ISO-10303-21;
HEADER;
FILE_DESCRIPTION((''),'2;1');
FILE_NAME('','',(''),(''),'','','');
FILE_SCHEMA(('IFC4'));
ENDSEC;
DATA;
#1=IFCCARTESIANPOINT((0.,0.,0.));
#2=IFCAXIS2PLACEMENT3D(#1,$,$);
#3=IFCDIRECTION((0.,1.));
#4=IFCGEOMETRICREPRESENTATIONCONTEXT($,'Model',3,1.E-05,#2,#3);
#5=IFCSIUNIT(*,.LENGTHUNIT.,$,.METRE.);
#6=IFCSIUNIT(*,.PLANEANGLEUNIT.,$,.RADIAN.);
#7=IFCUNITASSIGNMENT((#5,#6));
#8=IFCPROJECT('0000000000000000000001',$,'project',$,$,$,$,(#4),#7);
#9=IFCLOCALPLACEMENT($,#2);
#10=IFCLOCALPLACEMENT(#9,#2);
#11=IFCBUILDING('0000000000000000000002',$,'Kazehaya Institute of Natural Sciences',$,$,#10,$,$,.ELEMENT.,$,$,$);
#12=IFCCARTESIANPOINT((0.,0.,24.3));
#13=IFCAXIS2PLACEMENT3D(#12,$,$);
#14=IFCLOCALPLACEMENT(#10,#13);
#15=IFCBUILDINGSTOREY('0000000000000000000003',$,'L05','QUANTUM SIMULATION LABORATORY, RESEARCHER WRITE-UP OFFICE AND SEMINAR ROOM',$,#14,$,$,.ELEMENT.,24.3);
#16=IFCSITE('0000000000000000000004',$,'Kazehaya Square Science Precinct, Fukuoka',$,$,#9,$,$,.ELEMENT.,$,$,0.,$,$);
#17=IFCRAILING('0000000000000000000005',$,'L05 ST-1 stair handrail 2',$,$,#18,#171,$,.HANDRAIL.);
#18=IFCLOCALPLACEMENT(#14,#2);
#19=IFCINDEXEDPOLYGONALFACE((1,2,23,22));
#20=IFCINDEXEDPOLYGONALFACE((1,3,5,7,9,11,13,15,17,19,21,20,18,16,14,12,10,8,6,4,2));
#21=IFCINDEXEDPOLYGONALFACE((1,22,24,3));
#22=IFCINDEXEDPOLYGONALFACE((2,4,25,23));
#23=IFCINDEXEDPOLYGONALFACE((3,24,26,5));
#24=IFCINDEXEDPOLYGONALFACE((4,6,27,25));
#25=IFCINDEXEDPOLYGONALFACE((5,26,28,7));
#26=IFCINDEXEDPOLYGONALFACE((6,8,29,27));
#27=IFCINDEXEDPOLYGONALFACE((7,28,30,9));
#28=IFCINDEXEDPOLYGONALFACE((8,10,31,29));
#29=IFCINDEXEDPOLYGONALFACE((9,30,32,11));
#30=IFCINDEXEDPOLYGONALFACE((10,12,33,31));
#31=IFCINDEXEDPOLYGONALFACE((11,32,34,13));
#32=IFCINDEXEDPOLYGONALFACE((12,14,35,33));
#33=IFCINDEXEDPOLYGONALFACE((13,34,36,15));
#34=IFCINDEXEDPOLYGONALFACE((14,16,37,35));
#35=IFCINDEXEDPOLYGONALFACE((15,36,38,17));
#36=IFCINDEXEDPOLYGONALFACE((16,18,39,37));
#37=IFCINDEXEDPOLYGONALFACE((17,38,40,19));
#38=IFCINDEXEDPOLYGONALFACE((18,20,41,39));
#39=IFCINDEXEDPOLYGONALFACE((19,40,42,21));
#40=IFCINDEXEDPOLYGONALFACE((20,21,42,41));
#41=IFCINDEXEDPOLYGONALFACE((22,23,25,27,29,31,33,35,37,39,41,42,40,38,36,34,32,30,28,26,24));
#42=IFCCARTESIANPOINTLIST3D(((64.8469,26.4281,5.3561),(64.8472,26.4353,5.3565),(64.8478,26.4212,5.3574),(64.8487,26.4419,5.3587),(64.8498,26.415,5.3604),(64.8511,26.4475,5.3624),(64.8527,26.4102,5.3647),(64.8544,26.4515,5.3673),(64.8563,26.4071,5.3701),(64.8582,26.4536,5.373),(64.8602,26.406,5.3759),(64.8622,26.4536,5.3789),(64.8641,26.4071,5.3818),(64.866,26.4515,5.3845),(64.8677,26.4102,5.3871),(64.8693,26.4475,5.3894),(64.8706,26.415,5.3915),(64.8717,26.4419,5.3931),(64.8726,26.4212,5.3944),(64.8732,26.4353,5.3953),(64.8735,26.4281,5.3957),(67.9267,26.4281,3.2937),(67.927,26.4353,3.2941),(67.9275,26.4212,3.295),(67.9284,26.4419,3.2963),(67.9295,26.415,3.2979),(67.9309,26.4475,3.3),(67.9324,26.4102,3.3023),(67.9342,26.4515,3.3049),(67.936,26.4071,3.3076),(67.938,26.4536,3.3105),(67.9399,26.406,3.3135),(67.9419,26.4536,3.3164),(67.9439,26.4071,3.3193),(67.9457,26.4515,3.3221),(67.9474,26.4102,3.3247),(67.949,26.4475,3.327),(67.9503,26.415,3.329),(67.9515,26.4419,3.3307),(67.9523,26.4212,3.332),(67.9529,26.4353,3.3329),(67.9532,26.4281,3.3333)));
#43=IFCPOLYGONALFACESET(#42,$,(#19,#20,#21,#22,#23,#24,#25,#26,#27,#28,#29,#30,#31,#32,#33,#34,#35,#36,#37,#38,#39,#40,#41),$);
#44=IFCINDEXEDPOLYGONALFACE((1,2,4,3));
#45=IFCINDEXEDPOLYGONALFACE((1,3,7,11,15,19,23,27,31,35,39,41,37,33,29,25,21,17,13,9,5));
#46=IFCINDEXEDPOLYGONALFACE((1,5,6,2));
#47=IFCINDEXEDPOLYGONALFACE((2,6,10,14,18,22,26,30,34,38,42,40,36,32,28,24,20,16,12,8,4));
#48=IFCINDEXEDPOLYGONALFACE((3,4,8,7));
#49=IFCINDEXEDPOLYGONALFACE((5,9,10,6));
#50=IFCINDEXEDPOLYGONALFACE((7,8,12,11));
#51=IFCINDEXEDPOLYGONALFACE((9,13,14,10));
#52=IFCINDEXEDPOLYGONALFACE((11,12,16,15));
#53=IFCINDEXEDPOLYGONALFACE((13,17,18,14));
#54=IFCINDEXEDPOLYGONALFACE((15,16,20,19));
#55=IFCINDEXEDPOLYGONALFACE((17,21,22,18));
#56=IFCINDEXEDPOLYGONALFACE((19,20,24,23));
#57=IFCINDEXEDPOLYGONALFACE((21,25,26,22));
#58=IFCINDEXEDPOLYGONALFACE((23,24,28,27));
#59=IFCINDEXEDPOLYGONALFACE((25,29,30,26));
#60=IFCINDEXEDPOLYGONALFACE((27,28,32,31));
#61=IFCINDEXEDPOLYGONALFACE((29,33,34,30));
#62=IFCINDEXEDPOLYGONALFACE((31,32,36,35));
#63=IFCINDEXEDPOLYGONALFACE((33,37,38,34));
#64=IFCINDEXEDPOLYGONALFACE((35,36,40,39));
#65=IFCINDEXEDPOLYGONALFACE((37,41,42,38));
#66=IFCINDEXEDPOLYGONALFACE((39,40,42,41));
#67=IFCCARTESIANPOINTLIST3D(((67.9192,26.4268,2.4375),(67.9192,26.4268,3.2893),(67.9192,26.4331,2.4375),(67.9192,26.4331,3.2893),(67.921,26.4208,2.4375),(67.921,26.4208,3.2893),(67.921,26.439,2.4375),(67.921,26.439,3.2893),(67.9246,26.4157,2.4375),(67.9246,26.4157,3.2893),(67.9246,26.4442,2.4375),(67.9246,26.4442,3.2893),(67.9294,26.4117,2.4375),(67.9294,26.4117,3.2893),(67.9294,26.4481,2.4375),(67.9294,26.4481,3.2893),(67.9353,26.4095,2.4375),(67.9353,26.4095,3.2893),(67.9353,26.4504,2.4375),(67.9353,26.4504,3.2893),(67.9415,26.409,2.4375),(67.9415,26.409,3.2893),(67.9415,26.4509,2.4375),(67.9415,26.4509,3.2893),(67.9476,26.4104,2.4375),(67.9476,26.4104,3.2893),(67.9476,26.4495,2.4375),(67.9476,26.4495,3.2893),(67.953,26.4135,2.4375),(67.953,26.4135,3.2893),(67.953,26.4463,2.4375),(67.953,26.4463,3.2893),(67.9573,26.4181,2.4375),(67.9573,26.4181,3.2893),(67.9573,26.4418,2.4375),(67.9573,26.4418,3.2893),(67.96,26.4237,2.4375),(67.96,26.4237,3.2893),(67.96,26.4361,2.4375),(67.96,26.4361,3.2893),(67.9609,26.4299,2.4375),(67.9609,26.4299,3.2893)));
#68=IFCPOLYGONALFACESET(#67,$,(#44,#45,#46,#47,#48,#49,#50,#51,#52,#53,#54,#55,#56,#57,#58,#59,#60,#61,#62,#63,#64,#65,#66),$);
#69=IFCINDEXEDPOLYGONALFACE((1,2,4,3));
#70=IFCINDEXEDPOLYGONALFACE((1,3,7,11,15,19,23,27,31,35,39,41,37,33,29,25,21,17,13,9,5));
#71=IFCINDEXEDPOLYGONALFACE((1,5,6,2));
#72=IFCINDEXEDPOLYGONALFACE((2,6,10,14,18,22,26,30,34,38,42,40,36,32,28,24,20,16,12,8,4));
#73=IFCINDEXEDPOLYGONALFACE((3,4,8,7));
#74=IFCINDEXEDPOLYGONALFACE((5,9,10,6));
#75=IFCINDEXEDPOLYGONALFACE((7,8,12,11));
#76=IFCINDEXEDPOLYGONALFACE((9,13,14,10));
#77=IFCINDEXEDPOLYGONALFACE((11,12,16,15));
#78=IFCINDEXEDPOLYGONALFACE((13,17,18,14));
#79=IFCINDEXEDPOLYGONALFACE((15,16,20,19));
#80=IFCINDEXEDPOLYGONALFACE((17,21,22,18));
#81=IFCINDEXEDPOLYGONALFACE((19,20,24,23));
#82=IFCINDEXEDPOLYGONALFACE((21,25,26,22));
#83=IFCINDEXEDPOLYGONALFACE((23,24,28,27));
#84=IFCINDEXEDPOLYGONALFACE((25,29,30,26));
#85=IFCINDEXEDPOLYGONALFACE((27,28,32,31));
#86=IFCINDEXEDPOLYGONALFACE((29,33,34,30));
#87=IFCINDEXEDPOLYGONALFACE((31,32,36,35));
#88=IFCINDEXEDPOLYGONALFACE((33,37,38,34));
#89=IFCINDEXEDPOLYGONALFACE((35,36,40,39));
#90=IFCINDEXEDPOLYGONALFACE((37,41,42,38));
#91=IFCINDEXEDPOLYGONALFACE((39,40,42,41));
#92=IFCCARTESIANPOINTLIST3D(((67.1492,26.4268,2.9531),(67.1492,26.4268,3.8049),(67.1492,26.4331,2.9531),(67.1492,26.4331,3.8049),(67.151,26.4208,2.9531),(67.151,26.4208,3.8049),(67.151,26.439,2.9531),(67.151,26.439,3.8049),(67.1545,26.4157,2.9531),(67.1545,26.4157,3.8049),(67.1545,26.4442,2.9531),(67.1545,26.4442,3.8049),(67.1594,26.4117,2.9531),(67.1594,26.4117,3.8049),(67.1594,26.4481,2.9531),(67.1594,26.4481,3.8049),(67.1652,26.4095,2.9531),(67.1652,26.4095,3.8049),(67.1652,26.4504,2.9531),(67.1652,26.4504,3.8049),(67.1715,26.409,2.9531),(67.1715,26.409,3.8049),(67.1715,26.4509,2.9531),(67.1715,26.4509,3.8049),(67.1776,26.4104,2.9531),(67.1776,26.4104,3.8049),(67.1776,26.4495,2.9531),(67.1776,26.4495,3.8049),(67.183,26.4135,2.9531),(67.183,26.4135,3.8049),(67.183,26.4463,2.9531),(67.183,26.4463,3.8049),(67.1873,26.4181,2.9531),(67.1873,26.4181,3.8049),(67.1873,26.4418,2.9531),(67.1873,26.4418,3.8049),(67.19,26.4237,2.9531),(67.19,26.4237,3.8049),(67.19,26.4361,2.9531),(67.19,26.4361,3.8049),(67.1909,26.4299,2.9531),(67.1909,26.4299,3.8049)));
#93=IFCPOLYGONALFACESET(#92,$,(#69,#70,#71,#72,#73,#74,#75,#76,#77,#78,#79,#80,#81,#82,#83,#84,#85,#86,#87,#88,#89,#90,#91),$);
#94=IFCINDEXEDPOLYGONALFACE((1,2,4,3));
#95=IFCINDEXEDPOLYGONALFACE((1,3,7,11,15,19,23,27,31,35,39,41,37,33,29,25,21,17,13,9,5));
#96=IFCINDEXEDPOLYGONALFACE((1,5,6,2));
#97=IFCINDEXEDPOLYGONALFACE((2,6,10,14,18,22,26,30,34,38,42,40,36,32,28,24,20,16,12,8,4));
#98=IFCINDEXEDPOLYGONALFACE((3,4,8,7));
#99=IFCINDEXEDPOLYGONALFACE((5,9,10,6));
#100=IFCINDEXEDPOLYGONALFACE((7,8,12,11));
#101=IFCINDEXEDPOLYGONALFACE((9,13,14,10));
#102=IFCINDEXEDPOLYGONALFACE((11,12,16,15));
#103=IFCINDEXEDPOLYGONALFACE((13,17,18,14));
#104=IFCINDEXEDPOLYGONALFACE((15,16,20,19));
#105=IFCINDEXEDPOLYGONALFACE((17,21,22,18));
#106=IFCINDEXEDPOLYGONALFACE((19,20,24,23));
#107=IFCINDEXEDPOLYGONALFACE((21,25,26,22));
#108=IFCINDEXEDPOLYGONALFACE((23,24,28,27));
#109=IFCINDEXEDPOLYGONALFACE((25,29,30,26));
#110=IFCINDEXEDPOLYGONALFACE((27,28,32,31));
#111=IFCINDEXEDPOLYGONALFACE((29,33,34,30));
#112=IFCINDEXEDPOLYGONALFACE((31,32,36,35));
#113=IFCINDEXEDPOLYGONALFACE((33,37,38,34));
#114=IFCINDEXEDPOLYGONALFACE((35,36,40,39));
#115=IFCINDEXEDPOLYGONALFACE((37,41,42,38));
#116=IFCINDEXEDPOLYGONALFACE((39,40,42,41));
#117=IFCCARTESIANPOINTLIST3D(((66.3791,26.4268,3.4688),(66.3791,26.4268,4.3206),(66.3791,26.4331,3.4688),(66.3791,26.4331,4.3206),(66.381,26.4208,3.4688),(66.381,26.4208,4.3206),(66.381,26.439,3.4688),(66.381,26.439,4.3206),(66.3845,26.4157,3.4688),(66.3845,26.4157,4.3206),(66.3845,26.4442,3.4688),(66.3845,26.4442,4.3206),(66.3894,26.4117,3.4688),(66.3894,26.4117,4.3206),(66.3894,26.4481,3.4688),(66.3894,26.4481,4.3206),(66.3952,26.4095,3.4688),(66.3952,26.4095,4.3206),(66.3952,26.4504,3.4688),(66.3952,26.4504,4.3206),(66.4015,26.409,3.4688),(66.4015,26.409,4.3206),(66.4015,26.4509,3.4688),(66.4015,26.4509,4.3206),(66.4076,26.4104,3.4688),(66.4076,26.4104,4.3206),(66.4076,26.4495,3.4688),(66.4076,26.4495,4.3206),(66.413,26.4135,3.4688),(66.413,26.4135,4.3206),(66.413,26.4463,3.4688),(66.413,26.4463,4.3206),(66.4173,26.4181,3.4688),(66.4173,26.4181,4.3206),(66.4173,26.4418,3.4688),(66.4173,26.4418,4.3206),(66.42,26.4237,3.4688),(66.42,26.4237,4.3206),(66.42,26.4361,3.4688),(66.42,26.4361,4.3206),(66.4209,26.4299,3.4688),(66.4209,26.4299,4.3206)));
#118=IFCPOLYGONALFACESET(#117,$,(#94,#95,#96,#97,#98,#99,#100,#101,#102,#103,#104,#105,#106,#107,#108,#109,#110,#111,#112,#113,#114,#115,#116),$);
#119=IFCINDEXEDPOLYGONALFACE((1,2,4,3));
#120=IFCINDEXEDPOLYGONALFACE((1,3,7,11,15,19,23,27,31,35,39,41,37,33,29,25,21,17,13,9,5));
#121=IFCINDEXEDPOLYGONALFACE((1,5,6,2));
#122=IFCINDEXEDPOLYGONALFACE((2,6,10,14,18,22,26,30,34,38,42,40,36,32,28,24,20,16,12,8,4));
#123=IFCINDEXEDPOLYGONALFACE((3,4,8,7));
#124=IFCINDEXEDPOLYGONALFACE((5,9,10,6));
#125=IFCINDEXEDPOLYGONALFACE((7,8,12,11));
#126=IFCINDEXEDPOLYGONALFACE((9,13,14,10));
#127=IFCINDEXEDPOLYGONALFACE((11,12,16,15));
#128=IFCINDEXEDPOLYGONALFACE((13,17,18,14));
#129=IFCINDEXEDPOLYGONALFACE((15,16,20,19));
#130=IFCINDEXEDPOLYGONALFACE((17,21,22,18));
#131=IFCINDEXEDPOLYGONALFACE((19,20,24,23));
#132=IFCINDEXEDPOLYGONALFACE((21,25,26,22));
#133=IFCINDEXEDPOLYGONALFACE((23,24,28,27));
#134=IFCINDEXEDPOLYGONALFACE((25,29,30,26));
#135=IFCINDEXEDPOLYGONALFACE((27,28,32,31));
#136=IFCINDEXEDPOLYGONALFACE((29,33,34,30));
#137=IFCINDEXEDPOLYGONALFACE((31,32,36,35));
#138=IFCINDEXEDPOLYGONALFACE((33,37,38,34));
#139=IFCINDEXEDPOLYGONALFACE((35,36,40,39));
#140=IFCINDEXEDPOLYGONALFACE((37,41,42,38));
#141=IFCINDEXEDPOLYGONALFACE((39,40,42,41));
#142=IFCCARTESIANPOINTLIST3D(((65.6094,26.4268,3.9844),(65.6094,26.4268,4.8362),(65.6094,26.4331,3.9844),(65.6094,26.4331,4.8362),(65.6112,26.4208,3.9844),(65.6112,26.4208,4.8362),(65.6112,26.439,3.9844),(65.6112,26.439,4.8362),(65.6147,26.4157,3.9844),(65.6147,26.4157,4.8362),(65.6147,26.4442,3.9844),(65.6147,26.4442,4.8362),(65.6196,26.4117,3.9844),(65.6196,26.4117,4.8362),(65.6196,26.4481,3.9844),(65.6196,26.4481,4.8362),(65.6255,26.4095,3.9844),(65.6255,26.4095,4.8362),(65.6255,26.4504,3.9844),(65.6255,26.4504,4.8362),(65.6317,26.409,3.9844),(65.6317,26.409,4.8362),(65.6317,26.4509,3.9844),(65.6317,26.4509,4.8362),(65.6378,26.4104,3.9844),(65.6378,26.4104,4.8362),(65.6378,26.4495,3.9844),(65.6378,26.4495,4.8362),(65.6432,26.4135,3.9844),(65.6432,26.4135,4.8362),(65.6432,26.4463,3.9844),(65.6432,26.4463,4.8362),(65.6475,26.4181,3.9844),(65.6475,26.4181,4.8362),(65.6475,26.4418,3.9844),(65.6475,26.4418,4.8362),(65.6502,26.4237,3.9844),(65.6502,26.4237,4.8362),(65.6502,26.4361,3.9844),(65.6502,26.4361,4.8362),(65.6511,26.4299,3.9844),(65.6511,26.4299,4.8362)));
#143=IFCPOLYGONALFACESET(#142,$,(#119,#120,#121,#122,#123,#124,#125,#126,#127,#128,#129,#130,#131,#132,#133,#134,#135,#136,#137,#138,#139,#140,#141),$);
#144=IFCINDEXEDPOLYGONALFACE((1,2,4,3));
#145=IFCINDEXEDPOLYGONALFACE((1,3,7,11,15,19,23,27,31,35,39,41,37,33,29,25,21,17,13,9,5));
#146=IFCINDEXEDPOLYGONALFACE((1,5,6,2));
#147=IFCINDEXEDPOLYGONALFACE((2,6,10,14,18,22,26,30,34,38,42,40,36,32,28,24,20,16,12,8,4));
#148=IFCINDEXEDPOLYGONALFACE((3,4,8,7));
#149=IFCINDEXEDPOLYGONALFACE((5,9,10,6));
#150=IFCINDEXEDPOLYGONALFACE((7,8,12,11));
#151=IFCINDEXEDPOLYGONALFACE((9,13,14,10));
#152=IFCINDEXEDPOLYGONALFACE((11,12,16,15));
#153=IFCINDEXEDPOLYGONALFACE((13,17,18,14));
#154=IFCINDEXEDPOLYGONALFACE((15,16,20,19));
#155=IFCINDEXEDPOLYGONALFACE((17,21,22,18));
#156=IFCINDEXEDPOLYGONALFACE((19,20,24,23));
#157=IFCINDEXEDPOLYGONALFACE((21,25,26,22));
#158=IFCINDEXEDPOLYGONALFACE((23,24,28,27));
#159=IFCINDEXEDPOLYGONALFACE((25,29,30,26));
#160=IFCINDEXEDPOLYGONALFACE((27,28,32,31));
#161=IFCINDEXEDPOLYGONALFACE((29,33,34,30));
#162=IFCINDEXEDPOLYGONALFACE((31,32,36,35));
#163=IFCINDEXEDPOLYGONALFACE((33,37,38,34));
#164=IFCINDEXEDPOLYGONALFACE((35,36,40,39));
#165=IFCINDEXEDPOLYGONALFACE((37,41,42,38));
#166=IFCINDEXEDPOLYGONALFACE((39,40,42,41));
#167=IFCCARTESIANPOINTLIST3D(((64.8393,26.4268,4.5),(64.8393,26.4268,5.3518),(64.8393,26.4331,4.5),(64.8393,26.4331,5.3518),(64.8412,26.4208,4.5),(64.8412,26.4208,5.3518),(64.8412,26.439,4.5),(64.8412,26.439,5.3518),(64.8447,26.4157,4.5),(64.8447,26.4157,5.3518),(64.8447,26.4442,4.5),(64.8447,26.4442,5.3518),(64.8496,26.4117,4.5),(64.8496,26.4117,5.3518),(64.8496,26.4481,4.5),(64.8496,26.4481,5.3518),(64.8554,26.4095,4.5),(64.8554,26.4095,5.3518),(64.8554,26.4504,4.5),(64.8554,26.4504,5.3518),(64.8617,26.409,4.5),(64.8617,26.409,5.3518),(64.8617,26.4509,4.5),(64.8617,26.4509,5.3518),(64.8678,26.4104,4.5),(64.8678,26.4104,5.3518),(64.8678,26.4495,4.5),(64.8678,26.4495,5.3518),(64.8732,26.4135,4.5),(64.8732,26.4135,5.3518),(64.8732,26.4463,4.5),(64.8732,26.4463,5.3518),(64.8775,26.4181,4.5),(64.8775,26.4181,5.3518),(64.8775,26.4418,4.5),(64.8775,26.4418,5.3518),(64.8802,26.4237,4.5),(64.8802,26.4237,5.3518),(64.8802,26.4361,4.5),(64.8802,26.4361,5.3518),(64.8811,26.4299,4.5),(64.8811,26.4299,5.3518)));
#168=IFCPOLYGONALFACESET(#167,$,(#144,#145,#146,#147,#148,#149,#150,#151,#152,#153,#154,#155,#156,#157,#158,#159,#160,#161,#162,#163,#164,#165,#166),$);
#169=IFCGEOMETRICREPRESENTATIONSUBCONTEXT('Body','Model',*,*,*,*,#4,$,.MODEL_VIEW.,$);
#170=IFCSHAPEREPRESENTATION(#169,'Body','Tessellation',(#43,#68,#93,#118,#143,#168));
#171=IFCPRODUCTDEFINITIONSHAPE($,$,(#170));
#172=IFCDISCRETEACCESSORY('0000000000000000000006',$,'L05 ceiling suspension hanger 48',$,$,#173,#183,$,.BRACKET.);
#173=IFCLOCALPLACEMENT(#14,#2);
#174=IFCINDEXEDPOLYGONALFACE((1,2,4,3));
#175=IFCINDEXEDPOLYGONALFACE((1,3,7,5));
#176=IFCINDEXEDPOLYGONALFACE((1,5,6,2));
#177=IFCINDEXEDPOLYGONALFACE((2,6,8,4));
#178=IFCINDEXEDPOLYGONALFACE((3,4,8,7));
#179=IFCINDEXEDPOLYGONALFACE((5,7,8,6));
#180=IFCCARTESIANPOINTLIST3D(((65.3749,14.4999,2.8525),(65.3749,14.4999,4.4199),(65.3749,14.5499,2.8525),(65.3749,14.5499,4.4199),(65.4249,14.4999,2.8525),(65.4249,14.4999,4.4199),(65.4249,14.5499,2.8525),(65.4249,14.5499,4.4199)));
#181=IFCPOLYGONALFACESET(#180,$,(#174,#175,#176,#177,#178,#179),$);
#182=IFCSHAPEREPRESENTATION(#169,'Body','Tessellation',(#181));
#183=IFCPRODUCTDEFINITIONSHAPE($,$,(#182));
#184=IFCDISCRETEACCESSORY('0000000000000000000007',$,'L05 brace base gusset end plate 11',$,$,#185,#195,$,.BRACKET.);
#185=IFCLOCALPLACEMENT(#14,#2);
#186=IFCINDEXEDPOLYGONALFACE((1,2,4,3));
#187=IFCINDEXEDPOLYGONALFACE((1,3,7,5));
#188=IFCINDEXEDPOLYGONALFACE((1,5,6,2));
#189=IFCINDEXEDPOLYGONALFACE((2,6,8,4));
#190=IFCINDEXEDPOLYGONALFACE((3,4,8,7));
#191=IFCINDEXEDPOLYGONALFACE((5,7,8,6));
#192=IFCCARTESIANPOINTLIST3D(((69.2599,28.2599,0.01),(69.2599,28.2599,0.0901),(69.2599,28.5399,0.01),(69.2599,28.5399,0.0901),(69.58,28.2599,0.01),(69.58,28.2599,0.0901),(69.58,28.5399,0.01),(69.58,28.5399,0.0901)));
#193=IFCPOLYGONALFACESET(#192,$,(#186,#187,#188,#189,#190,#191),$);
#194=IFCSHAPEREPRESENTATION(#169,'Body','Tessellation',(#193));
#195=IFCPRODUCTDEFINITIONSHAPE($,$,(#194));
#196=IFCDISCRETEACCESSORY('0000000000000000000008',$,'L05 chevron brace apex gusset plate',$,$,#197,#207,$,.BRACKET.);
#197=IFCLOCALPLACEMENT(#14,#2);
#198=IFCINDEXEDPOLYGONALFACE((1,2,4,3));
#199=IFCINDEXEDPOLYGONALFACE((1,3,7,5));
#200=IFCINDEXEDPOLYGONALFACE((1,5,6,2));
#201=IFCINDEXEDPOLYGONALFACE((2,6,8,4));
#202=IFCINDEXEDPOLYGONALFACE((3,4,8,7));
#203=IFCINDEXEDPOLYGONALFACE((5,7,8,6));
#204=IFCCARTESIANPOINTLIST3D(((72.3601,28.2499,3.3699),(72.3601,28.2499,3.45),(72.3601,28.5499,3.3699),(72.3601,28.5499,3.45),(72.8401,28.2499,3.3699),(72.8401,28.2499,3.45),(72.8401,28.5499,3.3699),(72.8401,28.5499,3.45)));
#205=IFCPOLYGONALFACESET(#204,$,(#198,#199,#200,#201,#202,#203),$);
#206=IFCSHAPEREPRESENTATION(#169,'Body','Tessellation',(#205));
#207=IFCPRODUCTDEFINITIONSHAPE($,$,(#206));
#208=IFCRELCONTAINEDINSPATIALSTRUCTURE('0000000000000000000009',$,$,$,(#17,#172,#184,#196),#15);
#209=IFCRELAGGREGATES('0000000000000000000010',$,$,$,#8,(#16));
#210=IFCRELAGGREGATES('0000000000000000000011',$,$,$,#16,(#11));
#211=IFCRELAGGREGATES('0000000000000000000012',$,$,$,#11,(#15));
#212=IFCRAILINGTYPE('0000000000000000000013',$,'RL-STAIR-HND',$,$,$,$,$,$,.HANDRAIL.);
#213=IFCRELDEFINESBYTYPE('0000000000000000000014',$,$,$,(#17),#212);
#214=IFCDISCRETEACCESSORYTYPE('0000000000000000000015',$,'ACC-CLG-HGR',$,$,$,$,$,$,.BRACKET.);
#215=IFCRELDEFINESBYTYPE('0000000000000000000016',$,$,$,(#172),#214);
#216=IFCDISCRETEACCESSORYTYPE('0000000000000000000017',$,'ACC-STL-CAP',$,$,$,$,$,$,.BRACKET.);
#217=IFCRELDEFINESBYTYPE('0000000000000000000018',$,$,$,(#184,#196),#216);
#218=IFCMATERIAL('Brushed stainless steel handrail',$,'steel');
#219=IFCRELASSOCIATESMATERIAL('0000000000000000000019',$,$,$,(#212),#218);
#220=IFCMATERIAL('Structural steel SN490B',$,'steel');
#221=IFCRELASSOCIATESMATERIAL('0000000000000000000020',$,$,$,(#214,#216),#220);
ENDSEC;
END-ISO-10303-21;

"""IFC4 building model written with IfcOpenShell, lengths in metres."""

from ifc_helpers import new_model, si_unit, direction, frame, origin, origin_2d, place, context, subcontext, project, spatial, rectangle, circle, extrude, material, type_object, element, save


model = new_model("IFC4")

# Units and contexts
model_context = context("Model", 3, precision=1e-05, world=origin(), true_north=direction((0.0, 1.0)))
body_context = subcontext(model_context, "Body", "Model", "MODEL_VIEW")
ifc_project = project(units=[si_unit("LENGTHUNIT", "METRE"), si_unit("PLANEANGLEUNIT", "RADIAN")], contexts=[model_context])

# Site, building, storey
site_placement = place(None, origin())
site = spatial("IfcSite", under=ifc_project, at=site_placement, Name="Kazehaya Square Science Precinct, Fukuoka", CompositionType="ELEMENT", RefElevation=0.0)
building_placement = place(site_placement, origin())
building = spatial("IfcBuilding", under=site, at=building_placement, Name="Kazehaya Institute of Natural Sciences", CompositionType="ELEMENT")
storey_placement = place(building_placement, frame((0.0, 0.0, 24.3)))
storey = spatial("IfcBuildingStorey", under=building, at=storey_placement, Name="L05", Description="QUANTUM SIMULATION LABORATORY, RESEARCHER WRITE-UP OFFICE AND SEMINAR ROOM", CompositionType="ELEMENT", Elevation=24.3)

# Railing
ifc_material_1 = material(Name="Structural steel SN490B", Category="steel")
ifc_material_2 = material(Name="Brushed stainless steel handrail", Category="steel")
railing_type_1 = type_object("IfcRailingType", Name="RL-STAIR-HND", PredefinedType="HANDRAIL", material=ifc_material_2)
railing_1_placement = place(storey_placement, frame((67.9399, 26.4299, 2.4375)))
element("IfcRailing", 1, at=railing_1_placement, inside=storey, type_object=railing_type_1, Name="L05 ST-1 stair handrail 2", PredefinedType="HANDRAIL", context=body_context, shape_type="SweptSolid", body=[
    extrude(circle(Radius=0.0239, at=origin_2d()), frame((0.0, 0.0, 0.876), z_axis=(-0.830893, 0.0, 0.556432), x_axis=(0.0, -1.0, 0.0)), (0.0, 0.0, 1.0), 3.7065),
    extrude(circle(Radius=0.021, at=origin_2d()), origin(), (0.0, 0.0, 1.0), 0.8518),
    extrude(circle(Radius=0.021, at=origin_2d()), frame((-0.77, 0.0, 0.5156)), (0.0, 0.0, 1.0), 0.8518),
    extrude(circle(Radius=0.021, at=origin_2d()), frame((-1.54, 0.0, 1.0312)), (0.0, 0.0, 1.0), 0.8518),
    extrude(circle(Radius=0.021, at=origin_2d()), frame((-2.3098, 0.0, 1.5469)), (0.0, 0.0, 1.0), 0.8518),
    extrude(circle(Radius=0.021, at=origin_2d()), frame((-3.0798, 0.0, 2.0625)), (0.0, 0.0, 1.0), 0.8518),
])

# Discrete accessories
discrete_accessory_type_1 = type_object("IfcDiscreteAccessoryType", Name="ACC-CLG-HGR", PredefinedType="BRACKET", material=ifc_material_1)
discrete_accessory_1_placement = place(storey_placement, frame((65.3999, 14.5249, 2.8525), z_axis=(0.0, 0.0, 1.0), x_axis=(1.0, 0.0, 0.0)))
element("IfcDiscreteAccessory", 2, at=discrete_accessory_1_placement, inside=storey, type_object=discrete_accessory_type_1, Name="L05 ceiling suspension hanger 48", PredefinedType="BRACKET", context=body_context, shape_type="SweptSolid", body=[
    extrude(rectangle(XDim=0.05, YDim=0.05, at=origin_2d()), origin(), (0.0, 0.0, 1.0), 1.5674),
])
discrete_accessory_type_2 = type_object("IfcDiscreteAccessoryType", Name="ACC-STL-CAP", PredefinedType="BRACKET", material=ifc_material_1)
discrete_accessory_2_placement = place(storey_placement, frame((69.4199, 28.3999, 0.01), z_axis=(0.0, 0.0, 1.0), x_axis=(1.0, 0.0, 0.0)))
element("IfcDiscreteAccessory", 3, at=discrete_accessory_2_placement, inside=storey, type_object=discrete_accessory_type_2, Name="L05 brace base gusset end plate 11", PredefinedType="BRACKET", context=body_context, shape_type="SweptSolid", body=[
    extrude(rectangle(XDim=0.3201, YDim=0.28, at=origin_2d()), origin(), (0.0, 0.0, 1.0), 0.0801),
])
discrete_accessory_3_placement = place(storey_placement, frame((72.6001, 28.3999, 3.3699), z_axis=(0.0, 0.0, 1.0), x_axis=(1.0, 0.0, 0.0)))
element("IfcDiscreteAccessory", 4, at=discrete_accessory_3_placement, inside=storey, type_object=discrete_accessory_type_2, Name="L05 chevron brace apex gusset plate", PredefinedType="BRACKET", context=body_context, shape_type="SweptSolid", body=[
    extrude(rectangle(XDim=0.48, YDim=0.3, at=origin_2d()), origin(), (0.0, 0.0, 1.0), 0.0801),
])

save(model, "model.ifc")
